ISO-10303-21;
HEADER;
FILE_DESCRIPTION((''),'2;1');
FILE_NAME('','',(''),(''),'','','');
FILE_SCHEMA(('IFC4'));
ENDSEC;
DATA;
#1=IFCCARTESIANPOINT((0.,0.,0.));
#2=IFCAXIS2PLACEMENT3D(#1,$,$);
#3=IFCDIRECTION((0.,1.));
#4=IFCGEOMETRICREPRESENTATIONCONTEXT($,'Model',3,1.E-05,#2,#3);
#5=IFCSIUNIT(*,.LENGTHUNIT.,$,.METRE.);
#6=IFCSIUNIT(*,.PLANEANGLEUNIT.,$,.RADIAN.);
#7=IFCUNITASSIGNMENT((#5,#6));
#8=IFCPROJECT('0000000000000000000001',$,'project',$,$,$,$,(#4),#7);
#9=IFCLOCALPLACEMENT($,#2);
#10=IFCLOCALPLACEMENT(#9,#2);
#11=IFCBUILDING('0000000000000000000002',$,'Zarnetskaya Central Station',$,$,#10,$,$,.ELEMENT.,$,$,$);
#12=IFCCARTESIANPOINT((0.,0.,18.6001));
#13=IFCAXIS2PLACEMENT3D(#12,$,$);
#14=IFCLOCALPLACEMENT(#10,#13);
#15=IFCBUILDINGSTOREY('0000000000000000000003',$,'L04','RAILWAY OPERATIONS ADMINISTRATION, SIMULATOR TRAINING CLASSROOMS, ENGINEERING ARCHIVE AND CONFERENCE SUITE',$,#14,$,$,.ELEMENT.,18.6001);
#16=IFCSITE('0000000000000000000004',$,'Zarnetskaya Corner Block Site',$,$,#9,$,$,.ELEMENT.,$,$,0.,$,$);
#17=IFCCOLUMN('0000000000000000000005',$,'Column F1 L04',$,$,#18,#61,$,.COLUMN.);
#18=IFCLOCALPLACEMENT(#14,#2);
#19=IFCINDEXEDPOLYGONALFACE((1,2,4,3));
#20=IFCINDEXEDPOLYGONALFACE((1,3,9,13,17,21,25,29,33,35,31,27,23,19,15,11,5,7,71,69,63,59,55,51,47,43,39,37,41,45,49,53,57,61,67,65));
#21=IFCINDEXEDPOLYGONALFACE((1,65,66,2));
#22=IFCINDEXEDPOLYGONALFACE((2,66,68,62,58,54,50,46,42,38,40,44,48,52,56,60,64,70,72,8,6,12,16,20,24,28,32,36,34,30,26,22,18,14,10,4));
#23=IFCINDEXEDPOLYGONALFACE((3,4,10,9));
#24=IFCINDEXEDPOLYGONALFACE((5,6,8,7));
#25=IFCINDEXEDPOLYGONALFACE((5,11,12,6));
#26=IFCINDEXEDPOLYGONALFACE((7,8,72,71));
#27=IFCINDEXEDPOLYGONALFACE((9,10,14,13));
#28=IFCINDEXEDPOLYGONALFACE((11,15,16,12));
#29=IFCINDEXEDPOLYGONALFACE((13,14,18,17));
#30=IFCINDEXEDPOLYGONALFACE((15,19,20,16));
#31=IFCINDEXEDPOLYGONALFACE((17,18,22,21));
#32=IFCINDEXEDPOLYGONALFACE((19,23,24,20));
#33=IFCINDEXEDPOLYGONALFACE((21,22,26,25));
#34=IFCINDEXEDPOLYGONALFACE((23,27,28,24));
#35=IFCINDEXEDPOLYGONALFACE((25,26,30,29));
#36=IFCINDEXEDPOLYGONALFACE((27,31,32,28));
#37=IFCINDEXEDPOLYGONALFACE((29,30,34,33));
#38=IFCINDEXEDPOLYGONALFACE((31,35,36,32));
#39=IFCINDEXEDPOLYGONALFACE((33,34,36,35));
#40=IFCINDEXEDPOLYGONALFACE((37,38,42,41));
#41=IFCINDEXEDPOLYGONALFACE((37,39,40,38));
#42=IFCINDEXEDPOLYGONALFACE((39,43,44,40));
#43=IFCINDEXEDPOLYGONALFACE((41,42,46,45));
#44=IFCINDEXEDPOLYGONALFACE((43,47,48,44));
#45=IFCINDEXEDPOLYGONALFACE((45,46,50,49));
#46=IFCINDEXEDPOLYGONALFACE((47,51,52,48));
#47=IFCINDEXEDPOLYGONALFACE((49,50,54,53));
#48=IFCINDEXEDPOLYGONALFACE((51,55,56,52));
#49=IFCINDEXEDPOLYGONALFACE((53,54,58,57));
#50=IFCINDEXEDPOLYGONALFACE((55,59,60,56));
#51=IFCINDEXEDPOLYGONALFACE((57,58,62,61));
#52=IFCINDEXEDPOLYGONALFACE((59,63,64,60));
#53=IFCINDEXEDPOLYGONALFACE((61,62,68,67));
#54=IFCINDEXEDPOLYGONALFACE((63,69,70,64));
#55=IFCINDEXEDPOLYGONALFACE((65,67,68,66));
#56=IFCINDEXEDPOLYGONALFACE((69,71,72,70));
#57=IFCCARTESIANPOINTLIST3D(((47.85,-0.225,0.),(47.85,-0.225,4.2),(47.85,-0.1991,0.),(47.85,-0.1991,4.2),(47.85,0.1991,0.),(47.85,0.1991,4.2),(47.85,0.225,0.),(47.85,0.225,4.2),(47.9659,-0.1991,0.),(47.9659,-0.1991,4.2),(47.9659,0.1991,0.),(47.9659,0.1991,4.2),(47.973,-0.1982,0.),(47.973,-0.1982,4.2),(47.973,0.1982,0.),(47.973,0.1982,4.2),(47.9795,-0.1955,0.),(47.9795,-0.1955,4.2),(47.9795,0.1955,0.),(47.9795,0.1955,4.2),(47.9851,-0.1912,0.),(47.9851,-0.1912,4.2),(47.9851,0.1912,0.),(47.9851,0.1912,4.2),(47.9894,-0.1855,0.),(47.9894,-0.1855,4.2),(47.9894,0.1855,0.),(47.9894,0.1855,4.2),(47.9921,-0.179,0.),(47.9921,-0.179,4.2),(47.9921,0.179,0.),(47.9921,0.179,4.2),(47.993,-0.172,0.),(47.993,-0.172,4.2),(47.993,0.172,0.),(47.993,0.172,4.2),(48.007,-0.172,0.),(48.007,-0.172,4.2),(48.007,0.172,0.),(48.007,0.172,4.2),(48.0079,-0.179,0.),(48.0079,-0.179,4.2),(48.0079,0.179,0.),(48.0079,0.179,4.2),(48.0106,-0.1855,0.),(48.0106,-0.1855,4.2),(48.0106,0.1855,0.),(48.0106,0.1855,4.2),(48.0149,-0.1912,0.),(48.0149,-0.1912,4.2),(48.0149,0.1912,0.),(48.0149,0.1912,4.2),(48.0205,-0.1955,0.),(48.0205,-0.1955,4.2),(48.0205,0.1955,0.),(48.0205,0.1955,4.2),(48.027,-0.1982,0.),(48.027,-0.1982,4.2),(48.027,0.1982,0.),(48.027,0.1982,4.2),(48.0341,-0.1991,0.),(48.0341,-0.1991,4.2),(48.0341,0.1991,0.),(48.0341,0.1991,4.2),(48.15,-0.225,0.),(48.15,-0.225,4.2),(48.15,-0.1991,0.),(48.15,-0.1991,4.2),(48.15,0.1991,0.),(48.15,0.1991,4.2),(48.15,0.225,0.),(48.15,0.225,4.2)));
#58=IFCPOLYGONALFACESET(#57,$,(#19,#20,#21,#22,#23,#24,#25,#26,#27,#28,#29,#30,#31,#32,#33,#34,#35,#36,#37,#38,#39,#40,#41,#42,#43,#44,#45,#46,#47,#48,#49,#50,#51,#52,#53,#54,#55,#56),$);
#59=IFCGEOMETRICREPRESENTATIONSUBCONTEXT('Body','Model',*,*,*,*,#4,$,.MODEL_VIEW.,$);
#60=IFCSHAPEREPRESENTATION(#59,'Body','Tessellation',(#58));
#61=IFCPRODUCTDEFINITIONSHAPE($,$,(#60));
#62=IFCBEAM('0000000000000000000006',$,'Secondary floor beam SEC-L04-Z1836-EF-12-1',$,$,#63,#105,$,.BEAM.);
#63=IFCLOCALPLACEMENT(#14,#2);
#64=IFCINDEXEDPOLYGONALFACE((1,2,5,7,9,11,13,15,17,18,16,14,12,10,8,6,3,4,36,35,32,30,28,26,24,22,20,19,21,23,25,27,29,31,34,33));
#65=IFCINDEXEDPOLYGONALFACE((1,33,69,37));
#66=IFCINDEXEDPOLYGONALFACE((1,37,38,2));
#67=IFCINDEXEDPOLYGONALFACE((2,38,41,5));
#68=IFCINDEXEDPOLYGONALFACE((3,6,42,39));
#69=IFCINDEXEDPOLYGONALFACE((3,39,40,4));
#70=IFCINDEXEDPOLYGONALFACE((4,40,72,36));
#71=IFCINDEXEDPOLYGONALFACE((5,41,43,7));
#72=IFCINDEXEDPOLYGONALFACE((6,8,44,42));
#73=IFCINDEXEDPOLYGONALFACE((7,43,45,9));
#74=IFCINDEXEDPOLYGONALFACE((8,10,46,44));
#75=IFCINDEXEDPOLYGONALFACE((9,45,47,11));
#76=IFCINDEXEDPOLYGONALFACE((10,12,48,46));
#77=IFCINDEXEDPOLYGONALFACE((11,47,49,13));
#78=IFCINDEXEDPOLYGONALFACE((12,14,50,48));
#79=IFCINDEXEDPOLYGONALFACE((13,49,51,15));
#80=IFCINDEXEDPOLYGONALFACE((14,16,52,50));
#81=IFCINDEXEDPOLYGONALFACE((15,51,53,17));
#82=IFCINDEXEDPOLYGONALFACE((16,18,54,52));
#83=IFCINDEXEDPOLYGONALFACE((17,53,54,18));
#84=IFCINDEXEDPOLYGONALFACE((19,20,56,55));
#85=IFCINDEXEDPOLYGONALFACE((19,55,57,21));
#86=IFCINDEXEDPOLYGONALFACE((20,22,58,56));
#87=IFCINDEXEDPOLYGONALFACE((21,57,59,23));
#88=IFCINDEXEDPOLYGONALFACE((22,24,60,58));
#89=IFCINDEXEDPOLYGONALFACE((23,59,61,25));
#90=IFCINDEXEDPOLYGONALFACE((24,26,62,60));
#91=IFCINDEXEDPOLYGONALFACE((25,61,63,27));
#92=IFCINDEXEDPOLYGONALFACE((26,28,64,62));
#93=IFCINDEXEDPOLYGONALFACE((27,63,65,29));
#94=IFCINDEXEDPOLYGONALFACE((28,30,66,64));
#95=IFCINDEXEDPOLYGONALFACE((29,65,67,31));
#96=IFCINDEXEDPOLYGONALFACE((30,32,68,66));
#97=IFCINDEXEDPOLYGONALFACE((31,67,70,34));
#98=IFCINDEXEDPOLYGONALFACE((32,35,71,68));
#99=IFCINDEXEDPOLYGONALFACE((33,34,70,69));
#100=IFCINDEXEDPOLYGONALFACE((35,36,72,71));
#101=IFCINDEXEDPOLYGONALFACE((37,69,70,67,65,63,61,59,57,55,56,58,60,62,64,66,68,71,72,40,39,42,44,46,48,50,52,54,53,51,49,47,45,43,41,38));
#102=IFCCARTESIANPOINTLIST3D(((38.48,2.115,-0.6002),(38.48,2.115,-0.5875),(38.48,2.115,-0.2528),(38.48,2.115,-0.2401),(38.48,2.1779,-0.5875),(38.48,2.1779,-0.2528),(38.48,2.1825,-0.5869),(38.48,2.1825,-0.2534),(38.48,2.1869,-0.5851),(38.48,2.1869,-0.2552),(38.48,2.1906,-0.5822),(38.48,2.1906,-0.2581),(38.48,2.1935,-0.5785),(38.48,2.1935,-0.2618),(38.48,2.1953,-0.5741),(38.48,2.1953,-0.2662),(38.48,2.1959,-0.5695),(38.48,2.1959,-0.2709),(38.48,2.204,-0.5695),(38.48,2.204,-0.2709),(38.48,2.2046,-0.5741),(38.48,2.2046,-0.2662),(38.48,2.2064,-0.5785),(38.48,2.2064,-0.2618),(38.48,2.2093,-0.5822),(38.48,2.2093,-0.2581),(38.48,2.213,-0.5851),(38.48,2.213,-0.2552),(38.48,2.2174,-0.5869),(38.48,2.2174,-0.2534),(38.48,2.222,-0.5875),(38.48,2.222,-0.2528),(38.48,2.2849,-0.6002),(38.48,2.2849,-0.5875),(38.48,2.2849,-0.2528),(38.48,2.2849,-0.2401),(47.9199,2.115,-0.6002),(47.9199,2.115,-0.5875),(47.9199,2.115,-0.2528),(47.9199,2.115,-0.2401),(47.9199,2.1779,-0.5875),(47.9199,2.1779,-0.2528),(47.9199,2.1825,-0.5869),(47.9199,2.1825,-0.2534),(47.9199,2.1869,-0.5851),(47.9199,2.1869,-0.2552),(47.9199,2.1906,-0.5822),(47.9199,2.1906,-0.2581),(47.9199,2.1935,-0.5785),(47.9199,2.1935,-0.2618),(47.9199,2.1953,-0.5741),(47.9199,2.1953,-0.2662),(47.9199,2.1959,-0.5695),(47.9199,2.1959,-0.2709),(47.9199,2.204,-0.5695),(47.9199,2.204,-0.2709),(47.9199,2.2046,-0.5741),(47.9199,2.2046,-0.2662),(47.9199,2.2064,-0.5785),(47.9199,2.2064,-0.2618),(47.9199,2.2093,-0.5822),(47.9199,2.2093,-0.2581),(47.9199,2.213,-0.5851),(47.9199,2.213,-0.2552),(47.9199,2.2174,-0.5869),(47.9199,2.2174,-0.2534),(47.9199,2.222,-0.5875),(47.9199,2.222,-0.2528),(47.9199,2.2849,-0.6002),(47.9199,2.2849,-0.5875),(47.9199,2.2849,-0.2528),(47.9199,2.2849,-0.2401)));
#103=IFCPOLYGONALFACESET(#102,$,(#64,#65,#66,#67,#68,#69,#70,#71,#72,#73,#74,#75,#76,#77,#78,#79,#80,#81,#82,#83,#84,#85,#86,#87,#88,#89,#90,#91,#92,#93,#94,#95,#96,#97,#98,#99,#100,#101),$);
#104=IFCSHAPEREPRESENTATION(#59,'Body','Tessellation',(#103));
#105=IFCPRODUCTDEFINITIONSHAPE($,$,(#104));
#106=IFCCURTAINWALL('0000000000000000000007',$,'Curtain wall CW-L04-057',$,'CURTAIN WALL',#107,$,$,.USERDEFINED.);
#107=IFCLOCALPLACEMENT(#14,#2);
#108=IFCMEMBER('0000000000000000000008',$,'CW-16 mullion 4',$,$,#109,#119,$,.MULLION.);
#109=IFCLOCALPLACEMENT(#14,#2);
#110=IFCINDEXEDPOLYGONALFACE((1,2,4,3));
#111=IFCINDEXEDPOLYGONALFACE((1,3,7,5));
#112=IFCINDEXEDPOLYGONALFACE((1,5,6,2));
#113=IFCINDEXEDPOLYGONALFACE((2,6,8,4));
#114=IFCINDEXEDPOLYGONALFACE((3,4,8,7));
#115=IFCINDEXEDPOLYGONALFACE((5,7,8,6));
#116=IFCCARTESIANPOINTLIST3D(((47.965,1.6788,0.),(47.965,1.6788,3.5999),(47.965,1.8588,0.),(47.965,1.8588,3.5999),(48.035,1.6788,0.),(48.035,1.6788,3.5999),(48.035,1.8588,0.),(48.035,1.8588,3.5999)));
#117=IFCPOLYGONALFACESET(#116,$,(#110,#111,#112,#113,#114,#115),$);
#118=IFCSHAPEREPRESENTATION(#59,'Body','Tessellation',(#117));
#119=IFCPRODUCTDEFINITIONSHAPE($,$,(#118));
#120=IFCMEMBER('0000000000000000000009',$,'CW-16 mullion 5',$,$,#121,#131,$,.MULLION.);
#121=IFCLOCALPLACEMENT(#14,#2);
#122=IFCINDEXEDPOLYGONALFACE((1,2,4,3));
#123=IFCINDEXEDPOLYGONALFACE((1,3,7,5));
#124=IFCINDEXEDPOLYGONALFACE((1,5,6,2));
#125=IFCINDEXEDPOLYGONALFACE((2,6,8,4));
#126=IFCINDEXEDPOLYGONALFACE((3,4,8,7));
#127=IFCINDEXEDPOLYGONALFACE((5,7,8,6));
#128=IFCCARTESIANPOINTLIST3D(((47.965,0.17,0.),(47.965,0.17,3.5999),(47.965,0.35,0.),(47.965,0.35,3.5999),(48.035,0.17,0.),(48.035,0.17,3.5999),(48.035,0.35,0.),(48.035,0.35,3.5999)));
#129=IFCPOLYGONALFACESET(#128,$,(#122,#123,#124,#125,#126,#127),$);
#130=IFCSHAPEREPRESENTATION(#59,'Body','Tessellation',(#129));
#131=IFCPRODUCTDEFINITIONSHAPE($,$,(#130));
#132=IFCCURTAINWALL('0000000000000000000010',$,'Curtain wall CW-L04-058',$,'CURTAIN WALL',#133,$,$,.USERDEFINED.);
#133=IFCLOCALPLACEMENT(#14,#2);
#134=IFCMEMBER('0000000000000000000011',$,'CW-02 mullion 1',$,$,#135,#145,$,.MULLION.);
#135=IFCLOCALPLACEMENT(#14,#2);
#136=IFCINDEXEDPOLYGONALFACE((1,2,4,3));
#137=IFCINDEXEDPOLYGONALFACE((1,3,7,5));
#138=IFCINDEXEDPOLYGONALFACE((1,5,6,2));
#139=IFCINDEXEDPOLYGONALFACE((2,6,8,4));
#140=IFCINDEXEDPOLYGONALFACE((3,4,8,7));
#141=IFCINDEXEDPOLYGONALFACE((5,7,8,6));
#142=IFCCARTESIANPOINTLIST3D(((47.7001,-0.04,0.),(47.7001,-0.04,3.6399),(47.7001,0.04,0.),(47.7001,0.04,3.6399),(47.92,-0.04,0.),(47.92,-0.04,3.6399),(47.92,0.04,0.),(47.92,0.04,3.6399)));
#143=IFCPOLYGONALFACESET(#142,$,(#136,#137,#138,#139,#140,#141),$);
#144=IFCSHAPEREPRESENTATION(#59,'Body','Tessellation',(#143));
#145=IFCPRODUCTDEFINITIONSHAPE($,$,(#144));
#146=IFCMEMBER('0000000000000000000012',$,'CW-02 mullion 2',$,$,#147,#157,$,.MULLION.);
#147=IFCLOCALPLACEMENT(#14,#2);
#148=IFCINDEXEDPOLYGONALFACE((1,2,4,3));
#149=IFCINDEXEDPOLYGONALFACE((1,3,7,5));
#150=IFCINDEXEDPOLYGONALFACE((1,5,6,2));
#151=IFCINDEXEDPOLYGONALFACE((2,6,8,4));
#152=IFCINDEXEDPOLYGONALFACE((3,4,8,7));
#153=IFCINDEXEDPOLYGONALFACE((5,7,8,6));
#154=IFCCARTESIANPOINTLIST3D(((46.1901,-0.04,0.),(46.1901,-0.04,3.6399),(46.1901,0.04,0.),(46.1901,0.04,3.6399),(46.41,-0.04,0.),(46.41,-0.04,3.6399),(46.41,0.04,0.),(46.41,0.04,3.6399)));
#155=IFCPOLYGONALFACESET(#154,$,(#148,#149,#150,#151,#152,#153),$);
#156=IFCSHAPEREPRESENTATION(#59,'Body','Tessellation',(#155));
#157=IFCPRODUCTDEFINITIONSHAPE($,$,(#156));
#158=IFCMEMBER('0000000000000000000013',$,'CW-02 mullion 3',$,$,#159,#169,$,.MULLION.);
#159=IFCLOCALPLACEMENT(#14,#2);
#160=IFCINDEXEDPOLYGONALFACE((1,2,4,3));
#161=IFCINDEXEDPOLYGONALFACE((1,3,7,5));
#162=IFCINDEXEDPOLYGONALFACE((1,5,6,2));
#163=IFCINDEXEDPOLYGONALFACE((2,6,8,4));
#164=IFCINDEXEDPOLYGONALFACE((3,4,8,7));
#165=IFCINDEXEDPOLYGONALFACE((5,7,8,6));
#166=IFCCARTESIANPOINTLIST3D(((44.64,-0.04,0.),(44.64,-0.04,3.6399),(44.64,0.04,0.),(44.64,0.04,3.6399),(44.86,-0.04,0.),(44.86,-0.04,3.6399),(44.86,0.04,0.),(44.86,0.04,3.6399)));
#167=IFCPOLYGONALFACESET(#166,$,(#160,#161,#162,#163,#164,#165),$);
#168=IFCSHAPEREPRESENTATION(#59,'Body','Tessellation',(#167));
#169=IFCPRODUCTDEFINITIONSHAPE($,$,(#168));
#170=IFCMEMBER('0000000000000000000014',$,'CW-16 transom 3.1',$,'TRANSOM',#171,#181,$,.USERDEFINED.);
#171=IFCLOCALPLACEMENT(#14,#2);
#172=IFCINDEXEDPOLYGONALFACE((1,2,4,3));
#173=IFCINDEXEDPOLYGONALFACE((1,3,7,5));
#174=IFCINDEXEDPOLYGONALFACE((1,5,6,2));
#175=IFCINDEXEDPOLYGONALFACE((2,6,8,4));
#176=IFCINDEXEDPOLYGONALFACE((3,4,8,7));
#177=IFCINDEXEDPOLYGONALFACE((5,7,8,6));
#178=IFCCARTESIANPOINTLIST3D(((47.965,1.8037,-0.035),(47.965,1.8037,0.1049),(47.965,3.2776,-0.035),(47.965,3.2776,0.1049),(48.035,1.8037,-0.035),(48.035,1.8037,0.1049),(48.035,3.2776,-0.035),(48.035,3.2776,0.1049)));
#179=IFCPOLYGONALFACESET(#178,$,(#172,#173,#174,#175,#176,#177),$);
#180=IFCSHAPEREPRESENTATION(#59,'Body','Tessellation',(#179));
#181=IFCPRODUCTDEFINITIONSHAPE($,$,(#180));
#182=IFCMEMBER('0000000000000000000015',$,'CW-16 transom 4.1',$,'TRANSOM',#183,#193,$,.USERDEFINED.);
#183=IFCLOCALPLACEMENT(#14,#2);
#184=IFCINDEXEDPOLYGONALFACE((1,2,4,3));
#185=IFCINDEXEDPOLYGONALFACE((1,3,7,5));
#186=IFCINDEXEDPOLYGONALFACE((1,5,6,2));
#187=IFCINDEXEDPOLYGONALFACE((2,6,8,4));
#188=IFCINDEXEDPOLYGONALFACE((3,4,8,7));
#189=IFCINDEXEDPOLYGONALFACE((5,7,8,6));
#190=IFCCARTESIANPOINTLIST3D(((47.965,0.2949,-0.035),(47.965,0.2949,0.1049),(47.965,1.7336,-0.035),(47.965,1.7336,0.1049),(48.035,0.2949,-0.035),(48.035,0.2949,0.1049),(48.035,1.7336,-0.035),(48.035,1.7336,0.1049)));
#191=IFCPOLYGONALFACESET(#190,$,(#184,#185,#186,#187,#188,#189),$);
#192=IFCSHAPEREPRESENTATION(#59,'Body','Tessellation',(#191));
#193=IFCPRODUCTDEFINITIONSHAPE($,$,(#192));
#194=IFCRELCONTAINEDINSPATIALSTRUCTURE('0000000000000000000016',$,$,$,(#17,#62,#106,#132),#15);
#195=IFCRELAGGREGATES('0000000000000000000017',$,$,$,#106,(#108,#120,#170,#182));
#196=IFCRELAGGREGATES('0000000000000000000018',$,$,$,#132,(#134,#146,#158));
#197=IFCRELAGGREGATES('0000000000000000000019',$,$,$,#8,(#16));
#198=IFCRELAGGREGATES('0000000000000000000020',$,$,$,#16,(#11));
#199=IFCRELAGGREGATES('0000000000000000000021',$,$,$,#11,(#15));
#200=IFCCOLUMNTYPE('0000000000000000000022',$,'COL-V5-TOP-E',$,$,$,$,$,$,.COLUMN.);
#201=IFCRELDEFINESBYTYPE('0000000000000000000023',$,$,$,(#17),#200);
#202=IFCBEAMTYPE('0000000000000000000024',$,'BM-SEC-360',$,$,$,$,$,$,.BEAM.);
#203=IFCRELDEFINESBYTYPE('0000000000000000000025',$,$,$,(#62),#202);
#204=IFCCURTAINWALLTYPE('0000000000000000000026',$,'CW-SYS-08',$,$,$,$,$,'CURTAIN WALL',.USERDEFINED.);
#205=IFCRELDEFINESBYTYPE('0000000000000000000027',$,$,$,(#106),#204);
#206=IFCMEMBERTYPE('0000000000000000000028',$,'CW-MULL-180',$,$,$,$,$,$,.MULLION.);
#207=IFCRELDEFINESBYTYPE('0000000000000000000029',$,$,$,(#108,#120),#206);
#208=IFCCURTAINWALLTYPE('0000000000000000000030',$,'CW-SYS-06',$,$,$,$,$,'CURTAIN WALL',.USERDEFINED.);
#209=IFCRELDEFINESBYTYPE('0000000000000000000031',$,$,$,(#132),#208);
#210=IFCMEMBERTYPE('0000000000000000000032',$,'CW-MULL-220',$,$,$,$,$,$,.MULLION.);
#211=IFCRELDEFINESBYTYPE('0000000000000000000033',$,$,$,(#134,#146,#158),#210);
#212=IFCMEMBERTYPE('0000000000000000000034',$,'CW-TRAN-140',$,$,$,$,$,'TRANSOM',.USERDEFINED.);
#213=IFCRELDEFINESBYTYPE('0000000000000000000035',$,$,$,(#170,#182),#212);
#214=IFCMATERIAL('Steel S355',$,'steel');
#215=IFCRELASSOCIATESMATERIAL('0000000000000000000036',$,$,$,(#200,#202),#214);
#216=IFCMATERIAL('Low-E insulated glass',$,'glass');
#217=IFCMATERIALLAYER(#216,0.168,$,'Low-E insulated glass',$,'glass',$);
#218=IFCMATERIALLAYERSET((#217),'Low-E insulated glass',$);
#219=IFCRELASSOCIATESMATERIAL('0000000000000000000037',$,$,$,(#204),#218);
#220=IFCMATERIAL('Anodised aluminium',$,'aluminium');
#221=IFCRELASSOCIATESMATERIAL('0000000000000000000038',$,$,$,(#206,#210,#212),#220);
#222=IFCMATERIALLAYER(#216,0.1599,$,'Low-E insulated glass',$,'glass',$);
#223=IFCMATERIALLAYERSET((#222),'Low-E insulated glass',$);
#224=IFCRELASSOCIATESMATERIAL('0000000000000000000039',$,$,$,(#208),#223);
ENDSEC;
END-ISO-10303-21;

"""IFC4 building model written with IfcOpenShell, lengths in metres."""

from ifc_helpers import new_model, si_unit, direction, frame, origin, origin_2d, place, context, subcontext, project, spatial, rectangle, i_section, extrude, material, layer, layer_set, material_profile, profile_set, type_object, element, aggregate, save


model = new_model("IFC4")

# Units and contexts
model_context = context("Model", 3, precision=1e-05, world=origin(), true_north=direction((0.0, 1.0)))
body_context = subcontext(model_context, "Body", "Model", "MODEL_VIEW")
ifc_project = project(units=[si_unit("LENGTHUNIT", "METRE"), si_unit("PLANEANGLEUNIT", "RADIAN")], contexts=[model_context])

# Site, building, storey
site_placement = place(None, origin())
site = spatial("IfcSite", under=ifc_project, at=site_placement, Name="Zarnetskaya Corner Block Site", CompositionType="ELEMENT", RefElevation=0.0)
building_placement = place(site_placement, origin())
building = spatial("IfcBuilding", under=site, at=building_placement, Name="Zarnetskaya Central Station", CompositionType="ELEMENT")
storey_placement = place(building_placement, frame((0.0, 0.0, 18.6001)))
storey = spatial("IfcBuildingStorey", under=building, at=storey_placement, Name="L04", Description="RAILWAY OPERATIONS ADMINISTRATION, SIMULATOR TRAINING CLASSROOMS, ENGINEERING ARCHIVE AND CONFERENCE SUITE", CompositionType="ELEMENT", Elevation=18.6001)

# Column
ifc_material_1 = material(Name="Steel S355", Category="steel")
ifc_material_profile_1 = material_profile(ifc_material_1, i_section(OverallWidth=0.3, OverallDepth=0.45, WebThickness=0.0139, FlangeThickness=0.0259, FilletRadius=0.0271, at=origin_2d()), Name="HEB 450")
ifc_profile_set_1 = profile_set([ifc_material_profile_1], Name="Steel S355")
column_type = type_object("IfcColumnType", Name="COL-V5-TOP-E", PredefinedType="COLUMN", material=ifc_profile_set_1)
column_placement = place(storey_placement, frame((48.0, 0.0, 0.0), z_axis=(0.0, 0.0, 1.0), x_axis=(1.0, 0.0, 0.0)))
element("IfcColumn", 1, at=column_placement, inside=storey, type_object=column_type, Name="Column F1 L04", PredefinedType="COLUMN", context=body_context, shape_type="SweptSolid", body=[
    extrude(i_section(OverallWidth=0.3, OverallDepth=0.45, WebThickness=0.0139, FlangeThickness=0.0259, FilletRadius=0.0271, at=origin_2d()), origin(), (0.0, 0.0, 1.0), 4.2),
])

# Beam
ifc_material_profile_2 = material_profile(ifc_material_1, i_section(OverallWidth=0.1699, OverallDepth=0.3601, WebThickness=0.0081, FlangeThickness=0.0127, FilletRadius=0.0181, at=origin_2d()), Name="IPE 360")
ifc_profile_set_2 = profile_set([ifc_material_profile_2], Name="Steel S355")
beam_type_1 = type_object("IfcBeamType", Name="BM-SEC-360", PredefinedType="BEAM", material=ifc_profile_set_2)
beam_1_placement = place(storey_placement, frame((38.48, 2.2, -0.4202), z_axis=(1.0, 0.0, 0.0), x_axis=(0.0, 1.0, 0.0)))
element("IfcBeam", 2, at=beam_1_placement, inside=storey, type_object=beam_type_1, Name="Secondary floor beam SEC-L04-Z1836-EF-12-1", PredefinedType="BEAM", context=body_context, shape_type="SweptSolid", body=[
    extrude(i_section(OverallWidth=0.1699, OverallDepth=0.3601, WebThickness=0.0081, FlangeThickness=0.0127, FilletRadius=0.0181, at=origin_2d()), origin(), (0.0, 0.0, 1.0), 9.4399),
])

# Curtain walls, members
ifc_material_2 = material(Name="Low-E insulated glass", Category="glass")
ifc_layer_1 = layer(ifc_material_2, 0.168, Name="Low-E insulated glass", Category="glass")
ifc_layer_set_1 = layer_set([ifc_layer_1], Name="Low-E insulated glass")
curtain_wall_type_1 = type_object("IfcCurtainWallType", Name="CW-SYS-08", ElementType="CURTAIN WALL", PredefinedType="USERDEFINED", material=ifc_layer_set_1)
curtain_wall_1_placement = place(storey_placement, origin())
curtain_wall_1 = element("IfcCurtainWall", 3, at=curtain_wall_1_placement, inside=storey, type_object=curtain_wall_type_1, Name="Curtain wall CW-L04-057", ObjectType="CURTAIN WALL", PredefinedType="USERDEFINED")
ifc_material_3 = material(Name="Anodised aluminium", Category="aluminium")
ifc_material_profile_3 = material_profile(ifc_material_3, rectangle(XDim=0.0701, YDim=0.1799, at=origin_2d()), Name="ALU MULL 70x180")
ifc_profile_set_3 = profile_set([ifc_material_profile_3], Name="Anodised aluminium")
member_type_1 = type_object("IfcMemberType", Name="CW-MULL-180", PredefinedType="MULLION", material=ifc_profile_set_3)
member_1_placement = place(storey_placement, frame((48.0, 1.7688, 0.0), z_axis=(0.0, 0.0, 1.0), x_axis=(1.0, 0.0, 0.0)))
member_1 = element("IfcMember", 4, at=member_1_placement, type_object=member_type_1, Name="CW-16 mullion 4", PredefinedType="MULLION", context=body_context, shape_type="SweptSolid", body=[
    extrude(rectangle(XDim=0.0701, YDim=0.1799, at=origin_2d()), origin(), (0.0, 0.0, 1.0), 3.5999),
])
member_2_placement = place(storey_placement, frame((48.0, 0.26, 0.0), z_axis=(0.0, 0.0, 1.0), x_axis=(1.0, 0.0, 0.0)))
member_2 = element("IfcMember", 5, at=member_2_placement, type_object=member_type_1, Name="CW-16 mullion 5", PredefinedType="MULLION", context=body_context, shape_type="SweptSolid", body=[
    extrude(rectangle(XDim=0.0701, YDim=0.1799, at=origin_2d()), origin(), (0.0, 0.0, 1.0), 3.5999),
])
ifc_layer_2 = layer(ifc_material_2, 0.1599, Name="Low-E insulated glass", Category="glass")
ifc_layer_set_2 = layer_set([ifc_layer_2], Name="Low-E insulated glass")
curtain_wall_type_2 = type_object("IfcCurtainWallType", Name="CW-SYS-06", ElementType="CURTAIN WALL", PredefinedType="USERDEFINED", material=ifc_layer_set_2)
curtain_wall_2_placement = place(storey_placement, origin())
curtain_wall_2 = element("IfcCurtainWall", 6, at=curtain_wall_2_placement, inside=storey, type_object=curtain_wall_type_2, Name="Curtain wall CW-L04-058", ObjectType="CURTAIN WALL", PredefinedType="USERDEFINED")
ifc_material_profile_4 = material_profile(ifc_material_3, rectangle(XDim=0.0801, YDim=0.22, at=origin_2d()), Name="ALU MULL 80x220")
ifc_profile_set_4 = profile_set([ifc_material_profile_4], Name="Anodised aluminium")
member_type_2 = type_object("IfcMemberType", Name="CW-MULL-220", PredefinedType="MULLION", material=ifc_profile_set_4)
member_3_placement = place(storey_placement, frame((47.8101, 0.0, 0.0), z_axis=(0.0, 0.0, 1.0), x_axis=(0.0, -1.0, 0.0)))
member_3 = element("IfcMember", 7, at=member_3_placement, type_object=member_type_2, Name="CW-02 mullion 1", PredefinedType="MULLION", context=body_context, shape_type="SweptSolid", body=[
    extrude(rectangle(XDim=0.0801, YDim=0.22, at=origin_2d()), origin(), (0.0, 0.0, 1.0), 3.6399),
])
member_4_placement = place(storey_placement, frame((46.3, 0.0, 0.0), z_axis=(0.0, 0.0, 1.0), x_axis=(0.0, -1.0, 0.0)))
member_4 = element("IfcMember", 8, at=member_4_placement, type_object=member_type_2, Name="CW-02 mullion 2", PredefinedType="MULLION", context=body_context, shape_type="SweptSolid", body=[
    extrude(rectangle(XDim=0.0801, YDim=0.22, at=origin_2d()), origin(), (0.0, 0.0, 1.0), 3.6399),
])
member_5_placement = place(storey_placement, frame((44.75, 0.0, 0.0), z_axis=(0.0, 0.0, 1.0), x_axis=(0.0, -1.0, 0.0)))
member_5 = element("IfcMember", 9, at=member_5_placement, type_object=member_type_2, Name="CW-02 mullion 3", PredefinedType="MULLION", context=body_context, shape_type="SweptSolid", body=[
    extrude(rectangle(XDim=0.0801, YDim=0.22, at=origin_2d()), origin(), (0.0, 0.0, 1.0), 3.6399),
])

# Members
ifc_material_profile_5 = material_profile(ifc_material_3, rectangle(XDim=0.0701, YDim=0.1399, at=origin_2d()), Name="ALU TRAN 70x140")
ifc_profile_set_5 = profile_set([ifc_material_profile_5], Name="Anodised aluminium")
member_type_3 = type_object("IfcMemberType", Name="CW-TRAN-140", ElementType="TRANSOM", PredefinedType="USERDEFINED", material=ifc_profile_set_5)
member_6_placement = place(storey_placement, frame((48.0, 3.2776, 0.0349), z_axis=(0.0, -1.0, 0.0), x_axis=(1.0, 0.0, 0.0)))
member_6 = element("IfcMember", 10, at=member_6_placement, type_object=member_type_3, Name="CW-16 transom 3.1", ObjectType="TRANSOM", PredefinedType="USERDEFINED", context=body_context, shape_type="SweptSolid", body=[
    extrude(rectangle(XDim=0.0701, YDim=0.1399, at=origin_2d()), origin(), (0.0, 0.0, 1.0), 1.4739),
])
member_7_placement = place(storey_placement, frame((48.0, 1.7336, 0.0349), z_axis=(0.0, -1.0, 0.0), x_axis=(1.0, 0.0, 0.0)))
member_7 = element("IfcMember", 11, at=member_7_placement, type_object=member_type_3, Name="CW-16 transom 4.1", ObjectType="TRANSOM", PredefinedType="USERDEFINED", context=body_context, shape_type="SweptSolid", body=[
    extrude(rectangle(XDim=0.0701, YDim=0.1399, at=origin_2d()), origin(), (0.0, 0.0, 1.0), 1.4387),
])

aggregate(curtain_wall_1, [member_1, member_2, member_6, member_7])
aggregate(curtain_wall_2, [member_3, member_4, member_5])

save(model, "model.ifc")
